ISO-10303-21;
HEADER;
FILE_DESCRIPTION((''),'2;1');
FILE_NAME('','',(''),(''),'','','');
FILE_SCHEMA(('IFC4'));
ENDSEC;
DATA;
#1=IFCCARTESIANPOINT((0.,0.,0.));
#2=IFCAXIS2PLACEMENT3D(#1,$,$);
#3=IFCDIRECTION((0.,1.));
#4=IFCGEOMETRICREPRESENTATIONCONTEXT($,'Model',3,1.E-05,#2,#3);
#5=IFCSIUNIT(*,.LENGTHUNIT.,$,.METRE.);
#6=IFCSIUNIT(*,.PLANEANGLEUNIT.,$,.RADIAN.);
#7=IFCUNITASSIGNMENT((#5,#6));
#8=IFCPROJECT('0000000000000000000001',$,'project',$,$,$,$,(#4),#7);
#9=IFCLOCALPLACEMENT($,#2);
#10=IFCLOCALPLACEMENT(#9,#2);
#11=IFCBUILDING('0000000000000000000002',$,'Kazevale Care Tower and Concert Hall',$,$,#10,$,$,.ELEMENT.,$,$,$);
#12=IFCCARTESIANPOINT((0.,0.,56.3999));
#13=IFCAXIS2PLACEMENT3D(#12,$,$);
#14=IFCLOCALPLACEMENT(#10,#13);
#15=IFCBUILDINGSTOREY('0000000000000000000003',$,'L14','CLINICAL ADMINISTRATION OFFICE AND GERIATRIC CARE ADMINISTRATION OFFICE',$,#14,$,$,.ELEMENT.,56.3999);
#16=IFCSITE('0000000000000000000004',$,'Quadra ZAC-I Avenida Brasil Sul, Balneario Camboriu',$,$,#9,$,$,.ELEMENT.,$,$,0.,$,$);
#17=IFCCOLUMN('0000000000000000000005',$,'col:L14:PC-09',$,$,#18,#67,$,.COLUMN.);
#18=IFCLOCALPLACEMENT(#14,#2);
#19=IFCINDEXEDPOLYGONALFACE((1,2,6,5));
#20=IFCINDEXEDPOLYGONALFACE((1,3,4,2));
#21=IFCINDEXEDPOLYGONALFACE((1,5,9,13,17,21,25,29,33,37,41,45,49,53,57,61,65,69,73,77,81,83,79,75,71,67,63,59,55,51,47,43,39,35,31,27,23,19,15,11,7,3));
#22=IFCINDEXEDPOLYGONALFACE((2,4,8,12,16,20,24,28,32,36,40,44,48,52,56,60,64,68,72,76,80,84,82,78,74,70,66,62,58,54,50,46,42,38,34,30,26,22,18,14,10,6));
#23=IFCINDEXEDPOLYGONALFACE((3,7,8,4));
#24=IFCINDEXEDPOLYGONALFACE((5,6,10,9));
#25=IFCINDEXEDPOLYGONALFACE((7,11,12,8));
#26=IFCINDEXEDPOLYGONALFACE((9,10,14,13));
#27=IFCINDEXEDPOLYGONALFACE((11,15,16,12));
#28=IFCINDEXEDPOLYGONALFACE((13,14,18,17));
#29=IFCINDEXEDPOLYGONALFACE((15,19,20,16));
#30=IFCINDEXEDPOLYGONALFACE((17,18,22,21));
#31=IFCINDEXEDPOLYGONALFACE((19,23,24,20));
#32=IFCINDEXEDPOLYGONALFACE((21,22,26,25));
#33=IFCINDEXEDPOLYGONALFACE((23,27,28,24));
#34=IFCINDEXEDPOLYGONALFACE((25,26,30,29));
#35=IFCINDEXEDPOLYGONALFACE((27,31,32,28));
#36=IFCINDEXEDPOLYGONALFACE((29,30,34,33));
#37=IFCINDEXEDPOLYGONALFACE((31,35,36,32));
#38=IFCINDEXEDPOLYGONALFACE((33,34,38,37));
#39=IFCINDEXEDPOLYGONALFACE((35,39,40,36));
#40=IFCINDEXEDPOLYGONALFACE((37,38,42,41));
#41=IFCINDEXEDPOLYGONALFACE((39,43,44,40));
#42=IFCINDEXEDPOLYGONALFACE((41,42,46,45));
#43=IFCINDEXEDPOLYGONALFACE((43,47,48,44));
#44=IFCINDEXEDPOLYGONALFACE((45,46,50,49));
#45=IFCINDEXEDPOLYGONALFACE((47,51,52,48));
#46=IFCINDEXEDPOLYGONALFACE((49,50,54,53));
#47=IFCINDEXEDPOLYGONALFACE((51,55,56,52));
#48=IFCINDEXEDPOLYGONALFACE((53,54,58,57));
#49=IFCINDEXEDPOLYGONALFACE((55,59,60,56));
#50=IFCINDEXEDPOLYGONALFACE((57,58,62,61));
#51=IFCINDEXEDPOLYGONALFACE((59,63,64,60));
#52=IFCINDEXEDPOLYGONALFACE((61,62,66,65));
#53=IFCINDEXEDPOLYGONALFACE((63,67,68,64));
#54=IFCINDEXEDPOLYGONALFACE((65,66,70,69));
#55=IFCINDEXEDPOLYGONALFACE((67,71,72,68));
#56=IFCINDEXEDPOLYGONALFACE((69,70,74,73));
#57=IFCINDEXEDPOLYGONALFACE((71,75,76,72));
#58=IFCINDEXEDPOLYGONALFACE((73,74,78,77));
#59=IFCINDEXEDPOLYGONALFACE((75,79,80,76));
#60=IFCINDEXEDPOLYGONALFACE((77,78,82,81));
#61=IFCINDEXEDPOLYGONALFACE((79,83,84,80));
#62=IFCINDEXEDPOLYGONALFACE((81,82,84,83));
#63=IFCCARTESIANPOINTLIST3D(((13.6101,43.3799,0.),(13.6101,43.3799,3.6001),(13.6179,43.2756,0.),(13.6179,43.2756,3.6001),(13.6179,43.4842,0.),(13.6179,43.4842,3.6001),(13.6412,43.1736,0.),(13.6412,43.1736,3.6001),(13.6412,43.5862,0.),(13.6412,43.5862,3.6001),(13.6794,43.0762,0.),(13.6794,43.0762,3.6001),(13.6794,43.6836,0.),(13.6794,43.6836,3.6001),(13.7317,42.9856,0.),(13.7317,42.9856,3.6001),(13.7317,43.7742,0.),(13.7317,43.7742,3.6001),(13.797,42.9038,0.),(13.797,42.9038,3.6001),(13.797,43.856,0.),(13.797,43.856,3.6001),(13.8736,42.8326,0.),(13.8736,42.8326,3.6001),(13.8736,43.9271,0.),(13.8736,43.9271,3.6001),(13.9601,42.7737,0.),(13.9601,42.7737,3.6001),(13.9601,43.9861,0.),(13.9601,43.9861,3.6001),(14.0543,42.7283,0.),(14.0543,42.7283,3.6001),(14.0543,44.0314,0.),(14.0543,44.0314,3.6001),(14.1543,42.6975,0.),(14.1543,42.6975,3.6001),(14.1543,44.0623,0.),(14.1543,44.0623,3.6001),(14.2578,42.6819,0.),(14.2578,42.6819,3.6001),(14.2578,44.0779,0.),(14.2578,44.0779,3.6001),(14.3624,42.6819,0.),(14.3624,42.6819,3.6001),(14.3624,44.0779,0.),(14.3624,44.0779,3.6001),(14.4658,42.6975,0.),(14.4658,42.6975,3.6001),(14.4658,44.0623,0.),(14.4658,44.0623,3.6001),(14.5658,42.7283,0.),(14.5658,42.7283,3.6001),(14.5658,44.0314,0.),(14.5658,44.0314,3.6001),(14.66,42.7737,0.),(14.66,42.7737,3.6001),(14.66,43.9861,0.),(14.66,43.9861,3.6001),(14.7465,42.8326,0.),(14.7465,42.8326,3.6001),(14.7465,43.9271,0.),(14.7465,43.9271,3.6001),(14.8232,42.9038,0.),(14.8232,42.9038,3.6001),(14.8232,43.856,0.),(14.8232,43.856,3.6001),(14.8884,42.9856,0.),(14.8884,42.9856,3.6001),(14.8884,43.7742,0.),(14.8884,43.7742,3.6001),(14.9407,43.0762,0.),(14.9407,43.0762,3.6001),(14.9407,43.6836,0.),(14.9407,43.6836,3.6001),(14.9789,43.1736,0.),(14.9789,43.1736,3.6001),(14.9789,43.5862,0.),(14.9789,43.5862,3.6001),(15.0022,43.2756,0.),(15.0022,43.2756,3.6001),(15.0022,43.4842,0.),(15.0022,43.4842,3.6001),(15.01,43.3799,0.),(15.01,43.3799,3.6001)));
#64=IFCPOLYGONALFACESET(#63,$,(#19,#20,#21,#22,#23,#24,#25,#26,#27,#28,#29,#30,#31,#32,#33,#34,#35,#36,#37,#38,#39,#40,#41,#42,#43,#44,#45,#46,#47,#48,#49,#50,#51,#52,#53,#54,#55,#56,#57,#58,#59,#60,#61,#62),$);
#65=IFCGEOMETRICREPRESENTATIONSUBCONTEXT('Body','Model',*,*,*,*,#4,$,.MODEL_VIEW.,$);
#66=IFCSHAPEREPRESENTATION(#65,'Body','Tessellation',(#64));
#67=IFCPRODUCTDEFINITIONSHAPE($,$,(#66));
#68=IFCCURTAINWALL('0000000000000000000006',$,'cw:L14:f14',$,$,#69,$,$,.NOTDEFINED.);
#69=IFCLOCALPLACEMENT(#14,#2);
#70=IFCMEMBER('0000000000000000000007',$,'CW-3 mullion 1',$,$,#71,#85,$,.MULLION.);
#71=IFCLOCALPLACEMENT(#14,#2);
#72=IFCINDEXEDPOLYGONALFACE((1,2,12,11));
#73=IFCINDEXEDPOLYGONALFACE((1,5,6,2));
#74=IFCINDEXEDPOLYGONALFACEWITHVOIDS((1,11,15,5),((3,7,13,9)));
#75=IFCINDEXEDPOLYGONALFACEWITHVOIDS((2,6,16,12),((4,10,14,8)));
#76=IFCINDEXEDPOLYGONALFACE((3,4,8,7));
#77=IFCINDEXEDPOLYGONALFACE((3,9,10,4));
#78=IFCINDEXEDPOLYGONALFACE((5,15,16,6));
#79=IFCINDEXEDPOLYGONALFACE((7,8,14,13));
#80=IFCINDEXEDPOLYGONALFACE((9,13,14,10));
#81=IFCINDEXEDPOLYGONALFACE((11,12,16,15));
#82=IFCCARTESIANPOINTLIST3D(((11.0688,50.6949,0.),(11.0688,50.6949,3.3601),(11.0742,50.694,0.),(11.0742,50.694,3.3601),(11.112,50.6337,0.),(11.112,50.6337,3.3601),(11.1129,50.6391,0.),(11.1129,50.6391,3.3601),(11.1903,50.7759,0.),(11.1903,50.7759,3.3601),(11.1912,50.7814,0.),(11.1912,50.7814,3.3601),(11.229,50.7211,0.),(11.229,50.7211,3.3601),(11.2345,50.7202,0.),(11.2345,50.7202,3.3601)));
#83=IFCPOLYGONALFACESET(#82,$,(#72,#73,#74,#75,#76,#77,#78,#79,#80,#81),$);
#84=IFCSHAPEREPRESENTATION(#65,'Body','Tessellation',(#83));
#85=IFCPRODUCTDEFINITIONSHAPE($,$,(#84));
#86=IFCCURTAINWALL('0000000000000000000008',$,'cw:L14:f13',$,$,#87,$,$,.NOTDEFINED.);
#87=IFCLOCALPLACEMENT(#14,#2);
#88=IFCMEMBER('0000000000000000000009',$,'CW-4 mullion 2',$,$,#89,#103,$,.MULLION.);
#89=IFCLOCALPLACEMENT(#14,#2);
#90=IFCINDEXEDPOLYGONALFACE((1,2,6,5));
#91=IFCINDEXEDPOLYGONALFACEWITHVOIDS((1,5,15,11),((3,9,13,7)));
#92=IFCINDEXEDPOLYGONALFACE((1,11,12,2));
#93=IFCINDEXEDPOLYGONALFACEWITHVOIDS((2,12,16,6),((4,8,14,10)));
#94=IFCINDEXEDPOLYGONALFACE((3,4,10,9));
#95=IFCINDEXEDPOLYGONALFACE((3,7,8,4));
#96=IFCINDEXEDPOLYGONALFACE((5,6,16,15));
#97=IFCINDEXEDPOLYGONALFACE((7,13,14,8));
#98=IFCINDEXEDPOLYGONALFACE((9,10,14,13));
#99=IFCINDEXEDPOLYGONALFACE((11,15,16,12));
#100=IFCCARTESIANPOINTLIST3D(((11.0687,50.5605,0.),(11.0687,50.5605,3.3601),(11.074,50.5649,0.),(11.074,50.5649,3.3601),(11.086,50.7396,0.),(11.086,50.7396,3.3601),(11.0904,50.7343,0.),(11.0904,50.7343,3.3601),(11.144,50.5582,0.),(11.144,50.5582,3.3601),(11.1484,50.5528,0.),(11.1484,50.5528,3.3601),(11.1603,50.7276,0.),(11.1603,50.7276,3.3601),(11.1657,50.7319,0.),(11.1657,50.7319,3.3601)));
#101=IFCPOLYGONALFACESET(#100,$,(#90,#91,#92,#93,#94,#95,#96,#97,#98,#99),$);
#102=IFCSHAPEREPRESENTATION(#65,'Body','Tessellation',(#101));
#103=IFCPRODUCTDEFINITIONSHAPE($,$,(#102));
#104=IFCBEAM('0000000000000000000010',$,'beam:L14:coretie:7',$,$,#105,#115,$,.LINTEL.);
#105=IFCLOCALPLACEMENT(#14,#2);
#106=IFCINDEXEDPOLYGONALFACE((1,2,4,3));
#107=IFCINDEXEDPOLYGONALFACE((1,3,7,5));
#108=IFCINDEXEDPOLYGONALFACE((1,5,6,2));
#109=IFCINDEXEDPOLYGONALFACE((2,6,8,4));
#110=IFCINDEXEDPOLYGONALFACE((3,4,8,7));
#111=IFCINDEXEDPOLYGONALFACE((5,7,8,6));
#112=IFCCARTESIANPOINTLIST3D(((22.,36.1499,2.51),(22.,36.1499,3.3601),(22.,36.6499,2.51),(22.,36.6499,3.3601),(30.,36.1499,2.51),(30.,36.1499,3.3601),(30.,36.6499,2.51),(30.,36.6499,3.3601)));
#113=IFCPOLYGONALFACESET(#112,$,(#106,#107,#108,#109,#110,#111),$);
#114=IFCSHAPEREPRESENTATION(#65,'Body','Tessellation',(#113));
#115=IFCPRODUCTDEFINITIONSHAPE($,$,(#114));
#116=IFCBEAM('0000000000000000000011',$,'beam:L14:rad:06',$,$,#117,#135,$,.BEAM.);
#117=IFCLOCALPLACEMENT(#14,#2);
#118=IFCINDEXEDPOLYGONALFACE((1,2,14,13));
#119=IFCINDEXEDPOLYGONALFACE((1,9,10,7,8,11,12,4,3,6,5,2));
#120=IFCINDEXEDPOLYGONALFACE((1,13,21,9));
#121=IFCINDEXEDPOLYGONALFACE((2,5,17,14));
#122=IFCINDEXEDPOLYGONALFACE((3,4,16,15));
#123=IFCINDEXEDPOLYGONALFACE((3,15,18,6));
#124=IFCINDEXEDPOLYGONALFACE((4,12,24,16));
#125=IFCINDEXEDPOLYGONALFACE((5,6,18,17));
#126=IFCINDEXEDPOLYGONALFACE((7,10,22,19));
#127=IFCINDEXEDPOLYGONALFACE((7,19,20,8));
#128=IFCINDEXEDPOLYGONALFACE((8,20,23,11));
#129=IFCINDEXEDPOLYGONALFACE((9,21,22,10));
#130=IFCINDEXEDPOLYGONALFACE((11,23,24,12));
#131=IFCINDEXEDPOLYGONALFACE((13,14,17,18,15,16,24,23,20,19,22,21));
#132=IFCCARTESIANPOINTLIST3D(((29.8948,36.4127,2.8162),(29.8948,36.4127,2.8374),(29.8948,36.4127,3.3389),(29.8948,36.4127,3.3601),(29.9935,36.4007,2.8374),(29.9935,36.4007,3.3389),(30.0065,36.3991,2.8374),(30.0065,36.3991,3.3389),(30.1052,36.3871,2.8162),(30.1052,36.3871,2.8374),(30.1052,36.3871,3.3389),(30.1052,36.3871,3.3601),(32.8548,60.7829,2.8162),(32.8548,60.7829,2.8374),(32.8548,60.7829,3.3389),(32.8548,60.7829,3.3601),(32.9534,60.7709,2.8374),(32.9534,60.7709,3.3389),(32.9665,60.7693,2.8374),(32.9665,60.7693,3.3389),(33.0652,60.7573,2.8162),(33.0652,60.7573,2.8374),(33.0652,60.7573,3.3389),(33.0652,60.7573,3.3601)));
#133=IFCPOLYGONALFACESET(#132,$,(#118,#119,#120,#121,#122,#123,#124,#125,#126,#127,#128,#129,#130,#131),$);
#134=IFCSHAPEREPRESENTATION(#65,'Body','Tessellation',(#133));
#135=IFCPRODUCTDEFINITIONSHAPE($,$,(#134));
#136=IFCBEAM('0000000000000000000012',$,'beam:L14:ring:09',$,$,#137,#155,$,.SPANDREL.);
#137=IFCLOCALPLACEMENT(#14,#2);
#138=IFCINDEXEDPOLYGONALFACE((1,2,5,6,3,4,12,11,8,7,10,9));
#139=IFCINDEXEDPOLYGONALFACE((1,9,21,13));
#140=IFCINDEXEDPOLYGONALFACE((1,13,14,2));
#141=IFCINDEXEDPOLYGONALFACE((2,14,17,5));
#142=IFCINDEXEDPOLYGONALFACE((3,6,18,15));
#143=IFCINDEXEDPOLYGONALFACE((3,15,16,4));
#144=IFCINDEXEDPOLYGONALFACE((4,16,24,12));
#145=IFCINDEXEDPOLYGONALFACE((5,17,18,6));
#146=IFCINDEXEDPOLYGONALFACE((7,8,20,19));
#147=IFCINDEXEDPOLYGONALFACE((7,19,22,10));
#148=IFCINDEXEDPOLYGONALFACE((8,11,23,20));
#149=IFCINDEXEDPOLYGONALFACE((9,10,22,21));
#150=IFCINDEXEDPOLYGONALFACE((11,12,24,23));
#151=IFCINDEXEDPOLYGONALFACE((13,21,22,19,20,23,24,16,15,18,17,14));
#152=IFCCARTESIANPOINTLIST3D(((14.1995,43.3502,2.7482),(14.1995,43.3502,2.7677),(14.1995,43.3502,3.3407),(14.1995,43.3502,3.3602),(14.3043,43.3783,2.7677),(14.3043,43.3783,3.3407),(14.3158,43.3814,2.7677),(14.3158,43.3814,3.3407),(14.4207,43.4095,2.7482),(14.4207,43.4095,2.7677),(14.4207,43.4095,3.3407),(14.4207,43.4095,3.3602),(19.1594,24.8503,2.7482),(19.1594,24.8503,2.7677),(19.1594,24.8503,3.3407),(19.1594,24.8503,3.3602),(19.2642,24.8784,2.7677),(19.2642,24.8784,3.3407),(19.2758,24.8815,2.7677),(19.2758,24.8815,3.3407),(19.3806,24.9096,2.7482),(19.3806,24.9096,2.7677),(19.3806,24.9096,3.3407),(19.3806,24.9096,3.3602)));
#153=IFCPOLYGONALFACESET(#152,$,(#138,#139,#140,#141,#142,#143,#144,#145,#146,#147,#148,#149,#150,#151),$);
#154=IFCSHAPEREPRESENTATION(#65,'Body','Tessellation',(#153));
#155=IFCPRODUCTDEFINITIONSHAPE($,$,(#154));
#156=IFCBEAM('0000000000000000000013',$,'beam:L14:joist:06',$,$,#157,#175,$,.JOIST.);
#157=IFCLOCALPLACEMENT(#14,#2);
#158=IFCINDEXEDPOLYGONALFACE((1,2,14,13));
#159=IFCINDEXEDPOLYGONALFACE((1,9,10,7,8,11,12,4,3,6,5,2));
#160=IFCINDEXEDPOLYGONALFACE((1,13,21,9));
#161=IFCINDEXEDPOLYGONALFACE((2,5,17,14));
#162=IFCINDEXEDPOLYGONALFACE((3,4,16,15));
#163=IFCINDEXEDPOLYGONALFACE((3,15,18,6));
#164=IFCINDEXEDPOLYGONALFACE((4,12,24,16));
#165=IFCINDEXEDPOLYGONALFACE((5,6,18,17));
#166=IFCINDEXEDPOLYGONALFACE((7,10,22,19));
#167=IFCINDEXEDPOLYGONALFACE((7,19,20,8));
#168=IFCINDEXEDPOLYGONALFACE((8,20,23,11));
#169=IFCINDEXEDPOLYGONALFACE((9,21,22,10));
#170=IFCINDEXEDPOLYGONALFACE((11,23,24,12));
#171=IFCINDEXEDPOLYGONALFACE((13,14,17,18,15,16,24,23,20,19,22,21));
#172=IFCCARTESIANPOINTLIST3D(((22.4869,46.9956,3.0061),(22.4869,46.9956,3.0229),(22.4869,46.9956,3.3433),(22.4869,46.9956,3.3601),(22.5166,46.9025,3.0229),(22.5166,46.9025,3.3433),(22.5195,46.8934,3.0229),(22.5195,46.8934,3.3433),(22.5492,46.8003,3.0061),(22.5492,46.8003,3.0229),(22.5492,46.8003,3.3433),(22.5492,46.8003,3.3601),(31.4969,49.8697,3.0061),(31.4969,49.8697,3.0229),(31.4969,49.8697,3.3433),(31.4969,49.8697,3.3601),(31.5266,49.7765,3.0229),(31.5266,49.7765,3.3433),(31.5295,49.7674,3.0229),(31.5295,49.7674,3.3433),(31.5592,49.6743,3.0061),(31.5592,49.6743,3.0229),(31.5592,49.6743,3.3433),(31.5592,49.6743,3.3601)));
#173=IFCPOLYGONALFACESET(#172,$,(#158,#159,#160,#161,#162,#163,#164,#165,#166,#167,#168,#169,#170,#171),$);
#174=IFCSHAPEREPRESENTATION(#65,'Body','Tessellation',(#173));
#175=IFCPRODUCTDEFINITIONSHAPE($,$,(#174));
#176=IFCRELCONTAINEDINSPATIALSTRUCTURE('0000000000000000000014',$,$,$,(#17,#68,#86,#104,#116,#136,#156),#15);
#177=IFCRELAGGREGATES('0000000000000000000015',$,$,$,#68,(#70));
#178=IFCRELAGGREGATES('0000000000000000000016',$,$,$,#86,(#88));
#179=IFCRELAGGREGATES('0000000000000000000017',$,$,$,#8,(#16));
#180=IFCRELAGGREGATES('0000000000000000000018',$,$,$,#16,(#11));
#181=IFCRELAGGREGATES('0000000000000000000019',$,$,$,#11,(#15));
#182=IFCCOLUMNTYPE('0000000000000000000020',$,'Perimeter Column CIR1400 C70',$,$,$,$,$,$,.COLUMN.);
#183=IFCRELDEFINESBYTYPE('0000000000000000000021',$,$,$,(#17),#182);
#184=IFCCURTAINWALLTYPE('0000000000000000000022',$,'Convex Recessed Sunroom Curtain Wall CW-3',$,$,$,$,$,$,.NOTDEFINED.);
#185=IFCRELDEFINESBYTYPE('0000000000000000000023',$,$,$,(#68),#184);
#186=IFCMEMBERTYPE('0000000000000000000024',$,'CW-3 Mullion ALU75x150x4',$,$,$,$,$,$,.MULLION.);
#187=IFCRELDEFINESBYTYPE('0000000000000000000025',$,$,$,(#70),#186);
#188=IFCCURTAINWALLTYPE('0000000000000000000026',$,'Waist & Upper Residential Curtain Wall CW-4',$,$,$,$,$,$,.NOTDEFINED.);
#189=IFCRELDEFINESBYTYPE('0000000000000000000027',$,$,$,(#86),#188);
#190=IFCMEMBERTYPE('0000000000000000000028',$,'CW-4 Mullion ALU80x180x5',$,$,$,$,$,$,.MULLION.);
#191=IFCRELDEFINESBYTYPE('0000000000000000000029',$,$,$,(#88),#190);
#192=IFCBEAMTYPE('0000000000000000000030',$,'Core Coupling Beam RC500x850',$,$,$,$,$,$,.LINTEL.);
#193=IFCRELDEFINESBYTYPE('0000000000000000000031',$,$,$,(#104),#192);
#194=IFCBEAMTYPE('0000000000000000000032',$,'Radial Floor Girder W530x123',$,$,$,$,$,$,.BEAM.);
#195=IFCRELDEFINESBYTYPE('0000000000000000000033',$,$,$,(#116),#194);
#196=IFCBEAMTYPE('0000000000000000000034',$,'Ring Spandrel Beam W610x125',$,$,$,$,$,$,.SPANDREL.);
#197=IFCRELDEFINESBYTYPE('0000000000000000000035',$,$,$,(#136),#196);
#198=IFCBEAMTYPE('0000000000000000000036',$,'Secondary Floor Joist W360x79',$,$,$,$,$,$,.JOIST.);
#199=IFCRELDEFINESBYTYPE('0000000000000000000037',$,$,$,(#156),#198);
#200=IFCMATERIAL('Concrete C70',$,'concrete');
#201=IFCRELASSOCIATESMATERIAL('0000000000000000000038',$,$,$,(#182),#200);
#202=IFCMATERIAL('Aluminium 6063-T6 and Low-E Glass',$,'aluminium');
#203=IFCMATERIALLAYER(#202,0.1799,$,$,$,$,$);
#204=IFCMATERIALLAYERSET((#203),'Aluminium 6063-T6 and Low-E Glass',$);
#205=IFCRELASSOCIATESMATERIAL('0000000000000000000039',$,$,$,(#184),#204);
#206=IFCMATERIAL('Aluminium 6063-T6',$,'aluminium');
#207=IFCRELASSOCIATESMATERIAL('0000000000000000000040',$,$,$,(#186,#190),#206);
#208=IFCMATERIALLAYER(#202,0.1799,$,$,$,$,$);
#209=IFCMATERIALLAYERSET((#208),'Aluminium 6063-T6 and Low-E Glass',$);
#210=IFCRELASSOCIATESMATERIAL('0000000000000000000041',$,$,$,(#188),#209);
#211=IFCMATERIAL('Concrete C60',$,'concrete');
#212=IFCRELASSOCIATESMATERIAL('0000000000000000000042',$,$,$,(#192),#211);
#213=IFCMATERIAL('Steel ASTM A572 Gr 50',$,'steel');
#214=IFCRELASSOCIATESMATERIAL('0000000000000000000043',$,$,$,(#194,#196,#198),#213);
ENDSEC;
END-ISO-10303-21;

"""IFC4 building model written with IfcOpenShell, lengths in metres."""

from ifc_helpers import new_model, si_unit, direction, frame, origin, origin_2d, place, context, subcontext, project, spatial, rectangle, hollow_rectangle, circle, i_section, extrude, material, layer, layer_set, material_profile, profile_set, type_object, element, aggregate, save


model = new_model("IFC4")

# Units and contexts
model_context = context("Model", 3, precision=1e-05, world=origin(), true_north=direction((0.0, 1.0)))
body_context = subcontext(model_context, "Body", "Model", "MODEL_VIEW")
ifc_project = project(units=[si_unit("LENGTHUNIT", "METRE"), si_unit("PLANEANGLEUNIT", "RADIAN")], contexts=[model_context])

# Site, building, storey
site_placement = place(None, origin())
site = spatial("IfcSite", under=ifc_project, at=site_placement, Name="Quadra ZAC-I Avenida Brasil Sul, Balneario Camboriu", CompositionType="ELEMENT", RefElevation=0.0)
building_placement = place(site_placement, origin())
building = spatial("IfcBuilding", under=site, at=building_placement, Name="Kazevale Care Tower and Concert Hall", CompositionType="ELEMENT")
storey_placement = place(building_placement, frame((0.0, 0.0, 56.3999)))
storey = spatial("IfcBuildingStorey", under=building, at=storey_placement, Name="L14", Description="CLINICAL ADMINISTRATION OFFICE AND GERIATRIC CARE ADMINISTRATION OFFICE", CompositionType="ELEMENT", Elevation=56.3999)

# Column
ifc_material_1 = material(Name="Concrete C70", Category="concrete")
ifc_material_profile_1 = material_profile(ifc_material_1, circle(Radius=0.7, at=origin_2d()), Name="RC-CIR1400")
ifc_profile_set_1 = profile_set([ifc_material_profile_1], Name="Concrete C70")
column_type = type_object("IfcColumnType", Name="Perimeter Column CIR1400 C70", PredefinedType="COLUMN", material=ifc_profile_set_1)
column_placement = place(storey_placement, frame((14.3101, 43.3799, 0.0), z_axis=(0.0, 0.0, 1.0), x_axis=(1.0, 0.0, 0.0)))
element("IfcColumn", 1, at=column_placement, inside=storey, type_object=column_type, Name="col:L14:PC-09", PredefinedType="COLUMN", context=body_context, shape_type="SweptSolid", body=[
    extrude(circle(Radius=0.7, at=origin_2d()), origin(), (0.0, 0.0, 1.0), 3.6001),
])

# Curtain walls, members
ifc_material_2 = material(Name="Aluminium 6063-T6 and Low-E Glass", Category="aluminium")
ifc_layer_1 = layer(ifc_material_2, 0.1799)
ifc_layer_set_1 = layer_set([ifc_layer_1], Name="Aluminium 6063-T6 and Low-E Glass")
curtain_wall_type_1 = type_object("IfcCurtainWallType", Name="Convex Recessed Sunroom Curtain Wall CW-3", PredefinedType="NOTDEFINED", material=ifc_layer_set_1)
curtain_wall_1_placement = place(storey_placement, origin())
curtain_wall_1 = element("IfcCurtainWall", 2, at=curtain_wall_1_placement, inside=storey, type_object=curtain_wall_type_1, Name="cw:L14:f14", PredefinedType="NOTDEFINED")
ifc_material_3 = material(Name="Aluminium 6063-T6", Category="aluminium")
ifc_material_profile_2 = material_profile(ifc_material_3, hollow_rectangle(XDim=0.075, YDim=0.1499, WallThickness=0.0039, at=origin_2d()), Name="ALU75x150x4")
ifc_profile_set_2 = profile_set([ifc_material_profile_2], Name="Aluminium 6063-T6")
member_type_1 = type_object("IfcMemberType", Name="CW-3 Mullion ALU75x150x4", PredefinedType="MULLION", material=ifc_profile_set_2)
member_1_placement = place(storey_placement, frame((11.1516, 50.7075, 0.0), z_axis=(0.0, 0.0, 1.0), x_axis=(-0.576929, 0.816794, 0.0)))
member_1 = element("IfcMember", 3, at=member_1_placement, type_object=member_type_1, Name="CW-3 mullion 1", PredefinedType="MULLION", context=body_context, shape_type="SweptSolid", body=[
    extrude(hollow_rectangle(XDim=0.075, YDim=0.1499, WallThickness=0.0039, at=origin_2d()), origin(), (0.0, 0.0, 1.0), 3.3601),
])
aggregate(curtain_wall_1, [member_1])
ifc_layer_2 = layer(ifc_material_2, 0.1799)
ifc_layer_set_2 = layer_set([ifc_layer_2], Name="Aluminium 6063-T6 and Low-E Glass")
curtain_wall_type_2 = type_object("IfcCurtainWallType", Name="Waist & Upper Residential Curtain Wall CW-4", PredefinedType="NOTDEFINED", material=ifc_layer_set_2)
curtain_wall_2_placement = place(storey_placement, origin())
curtain_wall_2 = element("IfcCurtainWall", 4, at=curtain_wall_2_placement, inside=storey, type_object=curtain_wall_type_2, Name="cw:L14:f13", PredefinedType="NOTDEFINED")
ifc_material_profile_3 = material_profile(ifc_material_3, hollow_rectangle(XDim=0.0801, YDim=0.1799, WallThickness=0.0049, at=origin_2d()), Name="ALU80x180x5")
ifc_profile_set_3 = profile_set([ifc_material_profile_3], Name="Aluminium 6063-T6")
member_type_2 = type_object("IfcMemberType", Name="CW-4 Mullion ALU80x180x5", PredefinedType="MULLION", material=ifc_profile_set_3)
member_2_placement = place(storey_placement, frame((11.1172, 50.6462, 0.0), z_axis=(0.0, 0.0, 1.0), x_axis=(-0.995381, 0.096007, 0.0)))
member_2 = element("IfcMember", 5, at=member_2_placement, type_object=member_type_2, Name="CW-4 mullion 2", PredefinedType="MULLION", context=body_context, shape_type="SweptSolid", body=[
    extrude(hollow_rectangle(XDim=0.0801, YDim=0.1799, WallThickness=0.0049, at=origin_2d()), origin(), (0.0, 0.0, 1.0), 3.3601),
])

# Beams
ifc_material_4 = material(Name="Concrete C60", Category="concrete")
ifc_material_profile_4 = material_profile(ifc_material_4, rectangle(XDim=0.5, YDim=0.8501, at=origin_2d()), Name="RC-B500x850")
ifc_profile_set_4 = profile_set([ifc_material_profile_4], Name="Concrete C60")
beam_type_1 = type_object("IfcBeamType", Name="Core Coupling Beam RC500x850", PredefinedType="LINTEL", material=ifc_profile_set_4)
beam_1_placement = place(storey_placement, frame((30.0, 36.3999, 2.9351), z_axis=(-1.0, 0.0, 0.0), x_axis=(0.0, -1.0, 0.0)))
element("IfcBeam", 6, at=beam_1_placement, inside=storey, type_object=beam_type_1, Name="beam:L14:coretie:7", PredefinedType="LINTEL", context=body_context, shape_type="SweptSolid", body=[
    extrude(rectangle(XDim=0.5, YDim=0.8501, at=origin_2d()), origin(), (0.0, 0.0, 1.0), 8.0),
])
ifc_material_5 = material(Name="Steel ASTM A572 Gr 50", Category="steel")
ifc_material_profile_5 = material_profile(ifc_material_5, i_section(OverallWidth=0.2119, OverallDepth=0.5439, WebThickness=0.0132, FlangeThickness=0.0212, at=origin_2d()), Name="W530x123")
ifc_profile_set_5 = profile_set([ifc_material_profile_5], Name="Steel ASTM A572 Gr 50")
beam_type_2 = type_object("IfcBeamType", Name="Radial Floor Girder W530x123", PredefinedType="BEAM", material=ifc_profile_set_5)
beam_2_placement = place(storey_placement, frame((30.0, 36.3999, 3.0881), z_axis=(0.120573, 0.992705, 0.0), x_axis=(-0.992705, 0.120573, 0.0)))
element("IfcBeam", 7, at=beam_2_placement, inside=storey, type_object=beam_type_2, Name="beam:L14:rad:06", PredefinedType="BEAM", context=body_context, shape_type="SweptSolid", body=[
    extrude(i_section(OverallWidth=0.2119, OverallDepth=0.5439, WebThickness=0.0132, FlangeThickness=0.0212, at=origin_2d()), origin(), (0.0, 0.0, 1.0), 24.5493),
])
ifc_material_profile_6 = material_profile(ifc_material_5, i_section(OverallWidth=0.229, OverallDepth=0.6121, WebThickness=0.012, FlangeThickness=0.0195, at=origin_2d()), Name="W610x125")
ifc_profile_set_6 = profile_set([ifc_material_profile_6], Name="Steel ASTM A572 Gr 50")
beam_type_3 = type_object("IfcBeamType", Name="Ring Spandrel Beam W610x125", PredefinedType="SPANDREL", material=ifc_profile_set_6)
beam_3_placement = place(storey_placement, frame((14.3101, 43.3799, 3.0542), z_axis=(0.25896, -0.965888, 0.0), x_axis=(0.965888, 0.25896, 0.0)))
element("IfcBeam", 8, at=beam_3_placement, inside=storey, type_object=beam_type_3, Name="beam:L14:ring:09", PredefinedType="SPANDREL", context=body_context, shape_type="SweptSolid", body=[
    extrude(i_section(OverallWidth=0.229, OverallDepth=0.6121, WebThickness=0.012, FlangeThickness=0.0195, at=origin_2d()), origin(), (0.0, 0.0, 1.0), 19.1533),
])
ifc_material_profile_7 = material_profile(ifc_material_5, i_section(OverallWidth=0.2051, OverallDepth=0.354, WebThickness=0.0095, FlangeThickness=0.0168, at=origin_2d()), Name="W360x79")
ifc_profile_set_7 = profile_set([ifc_material_profile_7], Name="Steel ASTM A572 Gr 50")
beam_type_4 = type_object("IfcBeamType", Name="Secondary Floor Joist W360x79", PredefinedType="JOIST", material=ifc_profile_set_7)
beam_4_placement = place(storey_placement, frame((31.5281, 49.772, 3.1831), z_axis=(-0.952705, -0.303895, 0.0), x_axis=(0.303895, -0.952705, 0.0)))
element("IfcBeam", 9, at=beam_4_placement, inside=storey, type_object=beam_type_4, Name="beam:L14:joist:06", PredefinedType="JOIST", context=body_context, shape_type="SweptSolid", body=[
    extrude(i_section(OverallWidth=0.2051, OverallDepth=0.354, WebThickness=0.0095, FlangeThickness=0.0168, at=origin_2d()), origin(), (0.0, 0.0, 1.0), 9.4573),
])

aggregate(curtain_wall_2, [member_2])

save(model, "model.ifc")
